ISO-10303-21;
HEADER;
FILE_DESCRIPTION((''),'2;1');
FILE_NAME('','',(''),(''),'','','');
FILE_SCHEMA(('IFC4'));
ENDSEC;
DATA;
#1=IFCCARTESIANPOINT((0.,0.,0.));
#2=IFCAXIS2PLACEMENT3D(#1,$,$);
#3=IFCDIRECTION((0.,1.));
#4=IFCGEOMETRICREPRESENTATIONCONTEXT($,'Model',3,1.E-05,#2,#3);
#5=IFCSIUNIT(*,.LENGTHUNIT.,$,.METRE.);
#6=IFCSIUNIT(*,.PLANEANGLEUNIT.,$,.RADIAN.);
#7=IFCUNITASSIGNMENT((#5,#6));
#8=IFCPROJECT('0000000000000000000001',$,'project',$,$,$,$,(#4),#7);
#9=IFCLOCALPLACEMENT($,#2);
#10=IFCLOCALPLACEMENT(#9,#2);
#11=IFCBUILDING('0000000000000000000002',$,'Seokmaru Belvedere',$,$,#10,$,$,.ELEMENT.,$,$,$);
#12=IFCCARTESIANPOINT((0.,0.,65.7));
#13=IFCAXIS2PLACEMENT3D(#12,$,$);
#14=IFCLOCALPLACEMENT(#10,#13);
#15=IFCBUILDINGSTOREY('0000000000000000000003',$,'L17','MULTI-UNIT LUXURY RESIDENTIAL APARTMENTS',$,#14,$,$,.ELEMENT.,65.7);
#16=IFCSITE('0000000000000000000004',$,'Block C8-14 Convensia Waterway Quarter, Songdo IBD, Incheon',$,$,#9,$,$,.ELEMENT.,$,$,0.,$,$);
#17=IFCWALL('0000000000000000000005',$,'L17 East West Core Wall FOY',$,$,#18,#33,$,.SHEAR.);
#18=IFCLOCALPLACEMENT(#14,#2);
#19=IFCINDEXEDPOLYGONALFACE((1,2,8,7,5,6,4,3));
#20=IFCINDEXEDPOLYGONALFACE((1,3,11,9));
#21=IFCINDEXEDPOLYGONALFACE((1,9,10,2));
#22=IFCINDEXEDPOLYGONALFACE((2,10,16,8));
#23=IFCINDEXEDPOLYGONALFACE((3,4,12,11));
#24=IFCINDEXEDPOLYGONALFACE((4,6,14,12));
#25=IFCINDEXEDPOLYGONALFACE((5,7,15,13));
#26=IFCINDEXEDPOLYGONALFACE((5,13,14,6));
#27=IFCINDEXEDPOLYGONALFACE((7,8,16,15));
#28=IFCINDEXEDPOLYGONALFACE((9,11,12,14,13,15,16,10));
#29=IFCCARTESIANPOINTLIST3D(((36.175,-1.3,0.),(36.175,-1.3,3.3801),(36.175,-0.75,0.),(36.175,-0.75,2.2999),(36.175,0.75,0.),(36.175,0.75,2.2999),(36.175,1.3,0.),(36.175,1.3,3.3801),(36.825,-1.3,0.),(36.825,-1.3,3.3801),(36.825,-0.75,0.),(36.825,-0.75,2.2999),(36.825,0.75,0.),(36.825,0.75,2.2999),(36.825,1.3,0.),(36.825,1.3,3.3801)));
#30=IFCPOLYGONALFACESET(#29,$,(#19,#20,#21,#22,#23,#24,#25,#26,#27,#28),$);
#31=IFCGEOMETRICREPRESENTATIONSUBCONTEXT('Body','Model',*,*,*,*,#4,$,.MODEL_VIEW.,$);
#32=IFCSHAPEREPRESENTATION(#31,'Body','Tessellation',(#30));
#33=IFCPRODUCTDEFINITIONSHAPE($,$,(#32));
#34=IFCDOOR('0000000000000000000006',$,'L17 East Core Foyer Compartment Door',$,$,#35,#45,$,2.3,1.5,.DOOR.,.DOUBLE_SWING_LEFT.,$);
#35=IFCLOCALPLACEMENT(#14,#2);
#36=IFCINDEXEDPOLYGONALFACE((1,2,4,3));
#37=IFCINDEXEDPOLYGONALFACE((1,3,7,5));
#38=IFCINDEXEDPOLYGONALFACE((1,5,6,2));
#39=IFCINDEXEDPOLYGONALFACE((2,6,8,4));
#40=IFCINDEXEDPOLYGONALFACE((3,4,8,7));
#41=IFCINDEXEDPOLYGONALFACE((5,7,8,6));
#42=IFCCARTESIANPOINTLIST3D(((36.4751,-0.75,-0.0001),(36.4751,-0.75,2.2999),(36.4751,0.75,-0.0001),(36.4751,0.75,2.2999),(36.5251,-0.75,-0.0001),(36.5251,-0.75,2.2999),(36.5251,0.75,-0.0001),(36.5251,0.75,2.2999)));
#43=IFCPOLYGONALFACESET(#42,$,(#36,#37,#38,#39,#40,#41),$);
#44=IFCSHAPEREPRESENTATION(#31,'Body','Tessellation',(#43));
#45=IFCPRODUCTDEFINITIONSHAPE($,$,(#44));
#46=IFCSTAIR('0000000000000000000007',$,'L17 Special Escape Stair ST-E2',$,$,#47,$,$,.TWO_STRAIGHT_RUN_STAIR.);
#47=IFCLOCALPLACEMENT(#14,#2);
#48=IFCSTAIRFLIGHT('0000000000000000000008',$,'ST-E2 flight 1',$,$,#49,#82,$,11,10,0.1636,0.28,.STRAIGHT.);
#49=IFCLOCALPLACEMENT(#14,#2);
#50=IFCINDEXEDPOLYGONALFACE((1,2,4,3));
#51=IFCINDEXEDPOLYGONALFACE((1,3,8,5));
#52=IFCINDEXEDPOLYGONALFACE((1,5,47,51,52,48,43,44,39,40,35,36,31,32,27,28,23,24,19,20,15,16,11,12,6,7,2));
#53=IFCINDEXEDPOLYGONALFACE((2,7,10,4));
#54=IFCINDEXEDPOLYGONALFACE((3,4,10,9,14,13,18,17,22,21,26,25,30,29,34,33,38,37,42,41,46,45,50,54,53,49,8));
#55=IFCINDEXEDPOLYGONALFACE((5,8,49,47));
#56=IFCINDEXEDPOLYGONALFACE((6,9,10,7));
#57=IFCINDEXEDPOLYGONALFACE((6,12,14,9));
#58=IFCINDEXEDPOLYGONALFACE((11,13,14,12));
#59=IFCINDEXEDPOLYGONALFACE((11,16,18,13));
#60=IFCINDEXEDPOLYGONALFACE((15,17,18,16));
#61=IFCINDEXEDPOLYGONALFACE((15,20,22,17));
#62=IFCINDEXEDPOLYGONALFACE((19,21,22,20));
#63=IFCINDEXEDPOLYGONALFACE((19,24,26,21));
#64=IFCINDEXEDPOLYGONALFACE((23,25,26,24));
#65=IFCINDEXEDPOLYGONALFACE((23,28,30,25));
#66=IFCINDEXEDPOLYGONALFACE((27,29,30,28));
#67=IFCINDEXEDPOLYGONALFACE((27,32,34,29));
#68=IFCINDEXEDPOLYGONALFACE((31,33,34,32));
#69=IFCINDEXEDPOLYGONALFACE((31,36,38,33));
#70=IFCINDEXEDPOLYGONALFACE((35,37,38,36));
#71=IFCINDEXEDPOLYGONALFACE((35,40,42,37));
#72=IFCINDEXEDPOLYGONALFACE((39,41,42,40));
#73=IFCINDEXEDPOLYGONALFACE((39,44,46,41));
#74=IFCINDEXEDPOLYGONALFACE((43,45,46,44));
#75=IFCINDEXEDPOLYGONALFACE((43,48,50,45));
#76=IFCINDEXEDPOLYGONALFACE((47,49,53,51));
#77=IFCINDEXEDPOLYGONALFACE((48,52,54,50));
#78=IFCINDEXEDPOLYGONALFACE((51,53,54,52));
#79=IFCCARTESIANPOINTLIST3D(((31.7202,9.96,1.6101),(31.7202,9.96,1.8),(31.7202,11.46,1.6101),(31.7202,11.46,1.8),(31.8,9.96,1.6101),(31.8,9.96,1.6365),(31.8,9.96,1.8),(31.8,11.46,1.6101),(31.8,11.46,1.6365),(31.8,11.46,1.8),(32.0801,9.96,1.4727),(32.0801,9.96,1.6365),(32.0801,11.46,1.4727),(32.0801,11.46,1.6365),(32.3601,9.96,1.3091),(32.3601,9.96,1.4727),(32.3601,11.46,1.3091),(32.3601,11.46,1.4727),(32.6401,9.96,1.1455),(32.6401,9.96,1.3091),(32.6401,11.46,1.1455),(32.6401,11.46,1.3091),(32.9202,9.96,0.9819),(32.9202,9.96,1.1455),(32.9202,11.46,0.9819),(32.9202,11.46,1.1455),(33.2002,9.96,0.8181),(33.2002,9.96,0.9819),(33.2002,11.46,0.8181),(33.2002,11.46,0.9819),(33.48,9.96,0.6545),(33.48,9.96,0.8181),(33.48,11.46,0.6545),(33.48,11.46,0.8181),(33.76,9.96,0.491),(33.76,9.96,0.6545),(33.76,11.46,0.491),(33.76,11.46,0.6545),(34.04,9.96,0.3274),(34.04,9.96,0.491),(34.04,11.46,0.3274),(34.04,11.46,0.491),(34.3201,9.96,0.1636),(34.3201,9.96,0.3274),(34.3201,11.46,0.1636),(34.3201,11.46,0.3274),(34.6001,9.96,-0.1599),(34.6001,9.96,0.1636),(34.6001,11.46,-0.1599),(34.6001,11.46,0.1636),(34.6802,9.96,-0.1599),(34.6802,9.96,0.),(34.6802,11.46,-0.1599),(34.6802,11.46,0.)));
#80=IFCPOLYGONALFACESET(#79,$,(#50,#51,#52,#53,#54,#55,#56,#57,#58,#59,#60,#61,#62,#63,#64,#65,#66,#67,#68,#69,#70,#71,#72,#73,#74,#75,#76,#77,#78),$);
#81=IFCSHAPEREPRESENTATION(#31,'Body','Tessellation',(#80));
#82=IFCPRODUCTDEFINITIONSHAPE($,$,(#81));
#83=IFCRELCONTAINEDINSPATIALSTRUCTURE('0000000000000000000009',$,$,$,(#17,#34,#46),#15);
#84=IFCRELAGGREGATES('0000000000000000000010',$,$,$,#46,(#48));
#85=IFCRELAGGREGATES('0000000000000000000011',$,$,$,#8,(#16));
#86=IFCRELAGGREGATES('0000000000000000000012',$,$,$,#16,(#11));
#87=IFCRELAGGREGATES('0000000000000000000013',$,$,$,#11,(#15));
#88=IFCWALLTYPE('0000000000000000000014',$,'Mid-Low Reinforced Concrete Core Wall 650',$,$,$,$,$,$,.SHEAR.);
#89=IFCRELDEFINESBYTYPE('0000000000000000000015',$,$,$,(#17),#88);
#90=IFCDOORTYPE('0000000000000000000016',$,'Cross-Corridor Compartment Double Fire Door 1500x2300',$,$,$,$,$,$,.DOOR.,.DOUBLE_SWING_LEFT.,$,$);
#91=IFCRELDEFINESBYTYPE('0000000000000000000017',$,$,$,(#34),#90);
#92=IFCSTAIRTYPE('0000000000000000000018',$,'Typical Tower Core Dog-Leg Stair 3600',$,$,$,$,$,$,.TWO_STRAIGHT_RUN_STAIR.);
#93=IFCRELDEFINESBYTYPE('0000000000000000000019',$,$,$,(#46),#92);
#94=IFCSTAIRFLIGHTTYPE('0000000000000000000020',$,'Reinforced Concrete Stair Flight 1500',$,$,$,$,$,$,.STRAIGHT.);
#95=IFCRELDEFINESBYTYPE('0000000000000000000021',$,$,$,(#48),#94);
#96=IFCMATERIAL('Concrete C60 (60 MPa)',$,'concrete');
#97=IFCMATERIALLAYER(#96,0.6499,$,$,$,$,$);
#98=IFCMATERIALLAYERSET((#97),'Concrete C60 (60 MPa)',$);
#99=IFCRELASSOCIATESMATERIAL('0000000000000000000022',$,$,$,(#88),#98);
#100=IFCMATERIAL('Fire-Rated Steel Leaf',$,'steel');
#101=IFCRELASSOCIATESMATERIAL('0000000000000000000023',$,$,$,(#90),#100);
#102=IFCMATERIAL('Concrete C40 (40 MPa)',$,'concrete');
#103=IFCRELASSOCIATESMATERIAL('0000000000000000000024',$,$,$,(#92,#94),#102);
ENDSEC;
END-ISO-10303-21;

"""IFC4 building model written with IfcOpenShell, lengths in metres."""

from ifc_helpers import new_model, si_unit, direction, frame, frame_2d, origin, place, context, subcontext, project, spatial, polyline, rectangle, outline, extrude, source, transform, mapped, material, layer, layer_set, type_object, type_shapes, element, fill, aggregate, save


model = new_model("IFC4")

# Units and contexts
model_context = context("Model", 3, precision=1e-05, world=origin(), true_north=direction((0.0, 1.0)))
body_context = subcontext(model_context, "Body", "Model", "MODEL_VIEW")
ifc_project = project(units=[si_unit("LENGTHUNIT", "METRE"), si_unit("PLANEANGLEUNIT", "RADIAN")], contexts=[model_context])

# Site, building, storey
site_placement = place(None, origin())
site = spatial("IfcSite", under=ifc_project, at=site_placement, Name="Block C8-14 Convensia Waterway Quarter, Songdo IBD, Incheon", CompositionType="ELEMENT", RefElevation=0.0)
building_placement = place(site_placement, origin())
building = spatial("IfcBuilding", under=site, at=building_placement, Name="Seokmaru Belvedere", CompositionType="ELEMENT")
storey_placement = place(building_placement, frame((0.0, 0.0, 65.7)))
storey = spatial("IfcBuildingStorey", under=building, at=storey_placement, Name="L17", Description="MULTI-UNIT LUXURY RESIDENTIAL APARTMENTS", CompositionType="ELEMENT", Elevation=65.7)

# Shared definitions
ifc_material_1 = material(Name="Fire-Rated Steel Leaf", Category="steel")

# Wall, opening, door
ifc_material_2 = material(Name="Concrete C60 (60 MPa)", Category="concrete")
ifc_layer_1 = layer(ifc_material_2, 0.6499)
ifc_layer_set_1 = layer_set([ifc_layer_1], Name="Concrete C60 (60 MPa)")
wall_type_1 = type_object("IfcWallType", Name="Mid-Low Reinforced Concrete Core Wall 650", PredefinedType="SHEAR", material=ifc_layer_set_1)
wall_1_placement = place(storey_placement, frame((36.5, -1.3, 0.0), z_axis=(0.0, 0.0, 1.0), x_axis=(0.0, 1.0, 0.0)))
wall_1 = element("IfcWall", 1, at=wall_1_placement, inside=storey, type_object=wall_type_1, Name="L17 East West Core Wall FOY", PredefinedType="SHEAR", context=body_context, shape_type="SweptSolid", body=[
    extrude(rectangle(XDim=2.6001, YDim=0.6499, at=frame_2d((1.3, 0.0))), origin(), (0.0, 0.0, 1.0), 3.3801),
])
opening_1_placement = place(wall_1_placement, frame((0.55, 0.0, 0.0)))
opening_1 = element("IfcOpeningElement", 2, at=opening_1_placement, cuts=wall_1, PredefinedType="OPENING", context=body_context, shape_type="SweptSolid", body=[
    extrude(rectangle(XDim=1.5, YDim=2.3, at=frame_2d((0.75, 1.1499))), frame((0.0, 0.335, 0.0), z_axis=(0.0, -1.0, 0.0), x_axis=(1.0, 0.0, 0.0)), (0.0, 0.0, 1.0), 0.6699),
])
door_type_1 = type_object("IfcDoorType", Name="Cross-Corridor Compartment Double Fire Door 1500x2300", OperationType="DOUBLE_SWING_LEFT", PredefinedType="DOOR", material=ifc_material_1)
shared_shape_1 = source(origin(), body_context, "Body", "SweptSolid", [
    extrude(rectangle(XDim=1.5, YDim=2.3, at=frame_2d((0.75, 1.1499))), frame((0.0, 0.0249, 0.0), z_axis=(0.0, -1.0, 0.0), x_axis=(1.0, 0.0, 0.0)), (0.0, 0.0, 1.0), 0.05),
])
type_shapes(door_type_1, [shared_shape_1])
door_1_placement = place(opening_1_placement, origin())
door_1 = element("IfcDoor", 3, at=door_1_placement, inside=storey, type_object=door_type_1, Name="L17 East Core Foyer Compartment Door", OperationType="DOUBLE_SWING_LEFT", OverallHeight=2.3, OverallWidth=1.5, PredefinedType="DOOR", context=body_context, shape_type="MappedRepresentation", body=[
    mapped(shared_shape_1, transform((0.0, 0.0, 0.0), scale=1.0)),
])
fill(opening_1, door_1)

# Stair, stair flight
ifc_material_3 = material(Name="Concrete C40 (40 MPa)", Category="concrete")
stair_type = type_object("IfcStairType", Name="Typical Tower Core Dog-Leg Stair 3600", PredefinedType="TWO_STRAIGHT_RUN_STAIR", material=ifc_material_3)
stair_placement = place(storey_placement, origin())
stair = element("IfcStair", 4, at=stair_placement, inside=storey, type_object=stair_type, Name="L17 Special Escape Stair ST-E2", PredefinedType="TWO_STRAIGHT_RUN_STAIR")
stair_flight_type = type_object("IfcStairFlightType", Name="Reinforced Concrete Stair Flight 1500", PredefinedType="STRAIGHT", material=ifc_material_3)
stair_flight_placement = place(storey_placement, frame((34.6001, 10.71, 0.0), z_axis=(0.0, 0.0, 1.0), x_axis=(-1.0, 0.0, 0.0)))
stair_flight = element("IfcStairFlight", 5, at=stair_flight_placement, type_object=stair_flight_type, Name="ST-E2 flight 1", NumberOfRisers=11, NumberOfTreads=10, PredefinedType="STRAIGHT", RiserHeight=0.1636, TreadLength=0.28, context=body_context, shape_type="SweptSolid", body=[
    extrude(outline(polyline([(-0.0801, 0.0), (0.0, 0.1636), (0.28, 0.1636), (0.28, 0.3274), (0.5601, 0.3274), (0.5601, 0.491), (0.8401, 0.491), (0.8401, 0.6545), (1.1201, 0.6545), (1.1201, 0.8181), (1.3999, 0.8181), (1.3999, 0.9819), (1.6799, 0.9819), (1.6799, 1.1455), (1.96, 1.1455), (1.96, 1.3091), (2.24, 1.3091), (2.24, 1.4727), (2.52, 1.4727), (2.52, 1.6365), (2.8, 1.6365), (2.8, 1.8), (2.8799, 1.8), (2.8799, 1.6101), (2.8, 1.6101), (0.0, -0.1599), (-0.0801, -0.1599), (-0.0801, 0.0)])), frame((0.0, 0.75, 0.0), z_axis=(0.0, -1.0, 0.0), x_axis=(1.0, 0.0, 0.0)), (0.0, 0.0, 1.0), 1.5),
])
aggregate(stair, [stair_flight])

save(model, "model.ifc")
